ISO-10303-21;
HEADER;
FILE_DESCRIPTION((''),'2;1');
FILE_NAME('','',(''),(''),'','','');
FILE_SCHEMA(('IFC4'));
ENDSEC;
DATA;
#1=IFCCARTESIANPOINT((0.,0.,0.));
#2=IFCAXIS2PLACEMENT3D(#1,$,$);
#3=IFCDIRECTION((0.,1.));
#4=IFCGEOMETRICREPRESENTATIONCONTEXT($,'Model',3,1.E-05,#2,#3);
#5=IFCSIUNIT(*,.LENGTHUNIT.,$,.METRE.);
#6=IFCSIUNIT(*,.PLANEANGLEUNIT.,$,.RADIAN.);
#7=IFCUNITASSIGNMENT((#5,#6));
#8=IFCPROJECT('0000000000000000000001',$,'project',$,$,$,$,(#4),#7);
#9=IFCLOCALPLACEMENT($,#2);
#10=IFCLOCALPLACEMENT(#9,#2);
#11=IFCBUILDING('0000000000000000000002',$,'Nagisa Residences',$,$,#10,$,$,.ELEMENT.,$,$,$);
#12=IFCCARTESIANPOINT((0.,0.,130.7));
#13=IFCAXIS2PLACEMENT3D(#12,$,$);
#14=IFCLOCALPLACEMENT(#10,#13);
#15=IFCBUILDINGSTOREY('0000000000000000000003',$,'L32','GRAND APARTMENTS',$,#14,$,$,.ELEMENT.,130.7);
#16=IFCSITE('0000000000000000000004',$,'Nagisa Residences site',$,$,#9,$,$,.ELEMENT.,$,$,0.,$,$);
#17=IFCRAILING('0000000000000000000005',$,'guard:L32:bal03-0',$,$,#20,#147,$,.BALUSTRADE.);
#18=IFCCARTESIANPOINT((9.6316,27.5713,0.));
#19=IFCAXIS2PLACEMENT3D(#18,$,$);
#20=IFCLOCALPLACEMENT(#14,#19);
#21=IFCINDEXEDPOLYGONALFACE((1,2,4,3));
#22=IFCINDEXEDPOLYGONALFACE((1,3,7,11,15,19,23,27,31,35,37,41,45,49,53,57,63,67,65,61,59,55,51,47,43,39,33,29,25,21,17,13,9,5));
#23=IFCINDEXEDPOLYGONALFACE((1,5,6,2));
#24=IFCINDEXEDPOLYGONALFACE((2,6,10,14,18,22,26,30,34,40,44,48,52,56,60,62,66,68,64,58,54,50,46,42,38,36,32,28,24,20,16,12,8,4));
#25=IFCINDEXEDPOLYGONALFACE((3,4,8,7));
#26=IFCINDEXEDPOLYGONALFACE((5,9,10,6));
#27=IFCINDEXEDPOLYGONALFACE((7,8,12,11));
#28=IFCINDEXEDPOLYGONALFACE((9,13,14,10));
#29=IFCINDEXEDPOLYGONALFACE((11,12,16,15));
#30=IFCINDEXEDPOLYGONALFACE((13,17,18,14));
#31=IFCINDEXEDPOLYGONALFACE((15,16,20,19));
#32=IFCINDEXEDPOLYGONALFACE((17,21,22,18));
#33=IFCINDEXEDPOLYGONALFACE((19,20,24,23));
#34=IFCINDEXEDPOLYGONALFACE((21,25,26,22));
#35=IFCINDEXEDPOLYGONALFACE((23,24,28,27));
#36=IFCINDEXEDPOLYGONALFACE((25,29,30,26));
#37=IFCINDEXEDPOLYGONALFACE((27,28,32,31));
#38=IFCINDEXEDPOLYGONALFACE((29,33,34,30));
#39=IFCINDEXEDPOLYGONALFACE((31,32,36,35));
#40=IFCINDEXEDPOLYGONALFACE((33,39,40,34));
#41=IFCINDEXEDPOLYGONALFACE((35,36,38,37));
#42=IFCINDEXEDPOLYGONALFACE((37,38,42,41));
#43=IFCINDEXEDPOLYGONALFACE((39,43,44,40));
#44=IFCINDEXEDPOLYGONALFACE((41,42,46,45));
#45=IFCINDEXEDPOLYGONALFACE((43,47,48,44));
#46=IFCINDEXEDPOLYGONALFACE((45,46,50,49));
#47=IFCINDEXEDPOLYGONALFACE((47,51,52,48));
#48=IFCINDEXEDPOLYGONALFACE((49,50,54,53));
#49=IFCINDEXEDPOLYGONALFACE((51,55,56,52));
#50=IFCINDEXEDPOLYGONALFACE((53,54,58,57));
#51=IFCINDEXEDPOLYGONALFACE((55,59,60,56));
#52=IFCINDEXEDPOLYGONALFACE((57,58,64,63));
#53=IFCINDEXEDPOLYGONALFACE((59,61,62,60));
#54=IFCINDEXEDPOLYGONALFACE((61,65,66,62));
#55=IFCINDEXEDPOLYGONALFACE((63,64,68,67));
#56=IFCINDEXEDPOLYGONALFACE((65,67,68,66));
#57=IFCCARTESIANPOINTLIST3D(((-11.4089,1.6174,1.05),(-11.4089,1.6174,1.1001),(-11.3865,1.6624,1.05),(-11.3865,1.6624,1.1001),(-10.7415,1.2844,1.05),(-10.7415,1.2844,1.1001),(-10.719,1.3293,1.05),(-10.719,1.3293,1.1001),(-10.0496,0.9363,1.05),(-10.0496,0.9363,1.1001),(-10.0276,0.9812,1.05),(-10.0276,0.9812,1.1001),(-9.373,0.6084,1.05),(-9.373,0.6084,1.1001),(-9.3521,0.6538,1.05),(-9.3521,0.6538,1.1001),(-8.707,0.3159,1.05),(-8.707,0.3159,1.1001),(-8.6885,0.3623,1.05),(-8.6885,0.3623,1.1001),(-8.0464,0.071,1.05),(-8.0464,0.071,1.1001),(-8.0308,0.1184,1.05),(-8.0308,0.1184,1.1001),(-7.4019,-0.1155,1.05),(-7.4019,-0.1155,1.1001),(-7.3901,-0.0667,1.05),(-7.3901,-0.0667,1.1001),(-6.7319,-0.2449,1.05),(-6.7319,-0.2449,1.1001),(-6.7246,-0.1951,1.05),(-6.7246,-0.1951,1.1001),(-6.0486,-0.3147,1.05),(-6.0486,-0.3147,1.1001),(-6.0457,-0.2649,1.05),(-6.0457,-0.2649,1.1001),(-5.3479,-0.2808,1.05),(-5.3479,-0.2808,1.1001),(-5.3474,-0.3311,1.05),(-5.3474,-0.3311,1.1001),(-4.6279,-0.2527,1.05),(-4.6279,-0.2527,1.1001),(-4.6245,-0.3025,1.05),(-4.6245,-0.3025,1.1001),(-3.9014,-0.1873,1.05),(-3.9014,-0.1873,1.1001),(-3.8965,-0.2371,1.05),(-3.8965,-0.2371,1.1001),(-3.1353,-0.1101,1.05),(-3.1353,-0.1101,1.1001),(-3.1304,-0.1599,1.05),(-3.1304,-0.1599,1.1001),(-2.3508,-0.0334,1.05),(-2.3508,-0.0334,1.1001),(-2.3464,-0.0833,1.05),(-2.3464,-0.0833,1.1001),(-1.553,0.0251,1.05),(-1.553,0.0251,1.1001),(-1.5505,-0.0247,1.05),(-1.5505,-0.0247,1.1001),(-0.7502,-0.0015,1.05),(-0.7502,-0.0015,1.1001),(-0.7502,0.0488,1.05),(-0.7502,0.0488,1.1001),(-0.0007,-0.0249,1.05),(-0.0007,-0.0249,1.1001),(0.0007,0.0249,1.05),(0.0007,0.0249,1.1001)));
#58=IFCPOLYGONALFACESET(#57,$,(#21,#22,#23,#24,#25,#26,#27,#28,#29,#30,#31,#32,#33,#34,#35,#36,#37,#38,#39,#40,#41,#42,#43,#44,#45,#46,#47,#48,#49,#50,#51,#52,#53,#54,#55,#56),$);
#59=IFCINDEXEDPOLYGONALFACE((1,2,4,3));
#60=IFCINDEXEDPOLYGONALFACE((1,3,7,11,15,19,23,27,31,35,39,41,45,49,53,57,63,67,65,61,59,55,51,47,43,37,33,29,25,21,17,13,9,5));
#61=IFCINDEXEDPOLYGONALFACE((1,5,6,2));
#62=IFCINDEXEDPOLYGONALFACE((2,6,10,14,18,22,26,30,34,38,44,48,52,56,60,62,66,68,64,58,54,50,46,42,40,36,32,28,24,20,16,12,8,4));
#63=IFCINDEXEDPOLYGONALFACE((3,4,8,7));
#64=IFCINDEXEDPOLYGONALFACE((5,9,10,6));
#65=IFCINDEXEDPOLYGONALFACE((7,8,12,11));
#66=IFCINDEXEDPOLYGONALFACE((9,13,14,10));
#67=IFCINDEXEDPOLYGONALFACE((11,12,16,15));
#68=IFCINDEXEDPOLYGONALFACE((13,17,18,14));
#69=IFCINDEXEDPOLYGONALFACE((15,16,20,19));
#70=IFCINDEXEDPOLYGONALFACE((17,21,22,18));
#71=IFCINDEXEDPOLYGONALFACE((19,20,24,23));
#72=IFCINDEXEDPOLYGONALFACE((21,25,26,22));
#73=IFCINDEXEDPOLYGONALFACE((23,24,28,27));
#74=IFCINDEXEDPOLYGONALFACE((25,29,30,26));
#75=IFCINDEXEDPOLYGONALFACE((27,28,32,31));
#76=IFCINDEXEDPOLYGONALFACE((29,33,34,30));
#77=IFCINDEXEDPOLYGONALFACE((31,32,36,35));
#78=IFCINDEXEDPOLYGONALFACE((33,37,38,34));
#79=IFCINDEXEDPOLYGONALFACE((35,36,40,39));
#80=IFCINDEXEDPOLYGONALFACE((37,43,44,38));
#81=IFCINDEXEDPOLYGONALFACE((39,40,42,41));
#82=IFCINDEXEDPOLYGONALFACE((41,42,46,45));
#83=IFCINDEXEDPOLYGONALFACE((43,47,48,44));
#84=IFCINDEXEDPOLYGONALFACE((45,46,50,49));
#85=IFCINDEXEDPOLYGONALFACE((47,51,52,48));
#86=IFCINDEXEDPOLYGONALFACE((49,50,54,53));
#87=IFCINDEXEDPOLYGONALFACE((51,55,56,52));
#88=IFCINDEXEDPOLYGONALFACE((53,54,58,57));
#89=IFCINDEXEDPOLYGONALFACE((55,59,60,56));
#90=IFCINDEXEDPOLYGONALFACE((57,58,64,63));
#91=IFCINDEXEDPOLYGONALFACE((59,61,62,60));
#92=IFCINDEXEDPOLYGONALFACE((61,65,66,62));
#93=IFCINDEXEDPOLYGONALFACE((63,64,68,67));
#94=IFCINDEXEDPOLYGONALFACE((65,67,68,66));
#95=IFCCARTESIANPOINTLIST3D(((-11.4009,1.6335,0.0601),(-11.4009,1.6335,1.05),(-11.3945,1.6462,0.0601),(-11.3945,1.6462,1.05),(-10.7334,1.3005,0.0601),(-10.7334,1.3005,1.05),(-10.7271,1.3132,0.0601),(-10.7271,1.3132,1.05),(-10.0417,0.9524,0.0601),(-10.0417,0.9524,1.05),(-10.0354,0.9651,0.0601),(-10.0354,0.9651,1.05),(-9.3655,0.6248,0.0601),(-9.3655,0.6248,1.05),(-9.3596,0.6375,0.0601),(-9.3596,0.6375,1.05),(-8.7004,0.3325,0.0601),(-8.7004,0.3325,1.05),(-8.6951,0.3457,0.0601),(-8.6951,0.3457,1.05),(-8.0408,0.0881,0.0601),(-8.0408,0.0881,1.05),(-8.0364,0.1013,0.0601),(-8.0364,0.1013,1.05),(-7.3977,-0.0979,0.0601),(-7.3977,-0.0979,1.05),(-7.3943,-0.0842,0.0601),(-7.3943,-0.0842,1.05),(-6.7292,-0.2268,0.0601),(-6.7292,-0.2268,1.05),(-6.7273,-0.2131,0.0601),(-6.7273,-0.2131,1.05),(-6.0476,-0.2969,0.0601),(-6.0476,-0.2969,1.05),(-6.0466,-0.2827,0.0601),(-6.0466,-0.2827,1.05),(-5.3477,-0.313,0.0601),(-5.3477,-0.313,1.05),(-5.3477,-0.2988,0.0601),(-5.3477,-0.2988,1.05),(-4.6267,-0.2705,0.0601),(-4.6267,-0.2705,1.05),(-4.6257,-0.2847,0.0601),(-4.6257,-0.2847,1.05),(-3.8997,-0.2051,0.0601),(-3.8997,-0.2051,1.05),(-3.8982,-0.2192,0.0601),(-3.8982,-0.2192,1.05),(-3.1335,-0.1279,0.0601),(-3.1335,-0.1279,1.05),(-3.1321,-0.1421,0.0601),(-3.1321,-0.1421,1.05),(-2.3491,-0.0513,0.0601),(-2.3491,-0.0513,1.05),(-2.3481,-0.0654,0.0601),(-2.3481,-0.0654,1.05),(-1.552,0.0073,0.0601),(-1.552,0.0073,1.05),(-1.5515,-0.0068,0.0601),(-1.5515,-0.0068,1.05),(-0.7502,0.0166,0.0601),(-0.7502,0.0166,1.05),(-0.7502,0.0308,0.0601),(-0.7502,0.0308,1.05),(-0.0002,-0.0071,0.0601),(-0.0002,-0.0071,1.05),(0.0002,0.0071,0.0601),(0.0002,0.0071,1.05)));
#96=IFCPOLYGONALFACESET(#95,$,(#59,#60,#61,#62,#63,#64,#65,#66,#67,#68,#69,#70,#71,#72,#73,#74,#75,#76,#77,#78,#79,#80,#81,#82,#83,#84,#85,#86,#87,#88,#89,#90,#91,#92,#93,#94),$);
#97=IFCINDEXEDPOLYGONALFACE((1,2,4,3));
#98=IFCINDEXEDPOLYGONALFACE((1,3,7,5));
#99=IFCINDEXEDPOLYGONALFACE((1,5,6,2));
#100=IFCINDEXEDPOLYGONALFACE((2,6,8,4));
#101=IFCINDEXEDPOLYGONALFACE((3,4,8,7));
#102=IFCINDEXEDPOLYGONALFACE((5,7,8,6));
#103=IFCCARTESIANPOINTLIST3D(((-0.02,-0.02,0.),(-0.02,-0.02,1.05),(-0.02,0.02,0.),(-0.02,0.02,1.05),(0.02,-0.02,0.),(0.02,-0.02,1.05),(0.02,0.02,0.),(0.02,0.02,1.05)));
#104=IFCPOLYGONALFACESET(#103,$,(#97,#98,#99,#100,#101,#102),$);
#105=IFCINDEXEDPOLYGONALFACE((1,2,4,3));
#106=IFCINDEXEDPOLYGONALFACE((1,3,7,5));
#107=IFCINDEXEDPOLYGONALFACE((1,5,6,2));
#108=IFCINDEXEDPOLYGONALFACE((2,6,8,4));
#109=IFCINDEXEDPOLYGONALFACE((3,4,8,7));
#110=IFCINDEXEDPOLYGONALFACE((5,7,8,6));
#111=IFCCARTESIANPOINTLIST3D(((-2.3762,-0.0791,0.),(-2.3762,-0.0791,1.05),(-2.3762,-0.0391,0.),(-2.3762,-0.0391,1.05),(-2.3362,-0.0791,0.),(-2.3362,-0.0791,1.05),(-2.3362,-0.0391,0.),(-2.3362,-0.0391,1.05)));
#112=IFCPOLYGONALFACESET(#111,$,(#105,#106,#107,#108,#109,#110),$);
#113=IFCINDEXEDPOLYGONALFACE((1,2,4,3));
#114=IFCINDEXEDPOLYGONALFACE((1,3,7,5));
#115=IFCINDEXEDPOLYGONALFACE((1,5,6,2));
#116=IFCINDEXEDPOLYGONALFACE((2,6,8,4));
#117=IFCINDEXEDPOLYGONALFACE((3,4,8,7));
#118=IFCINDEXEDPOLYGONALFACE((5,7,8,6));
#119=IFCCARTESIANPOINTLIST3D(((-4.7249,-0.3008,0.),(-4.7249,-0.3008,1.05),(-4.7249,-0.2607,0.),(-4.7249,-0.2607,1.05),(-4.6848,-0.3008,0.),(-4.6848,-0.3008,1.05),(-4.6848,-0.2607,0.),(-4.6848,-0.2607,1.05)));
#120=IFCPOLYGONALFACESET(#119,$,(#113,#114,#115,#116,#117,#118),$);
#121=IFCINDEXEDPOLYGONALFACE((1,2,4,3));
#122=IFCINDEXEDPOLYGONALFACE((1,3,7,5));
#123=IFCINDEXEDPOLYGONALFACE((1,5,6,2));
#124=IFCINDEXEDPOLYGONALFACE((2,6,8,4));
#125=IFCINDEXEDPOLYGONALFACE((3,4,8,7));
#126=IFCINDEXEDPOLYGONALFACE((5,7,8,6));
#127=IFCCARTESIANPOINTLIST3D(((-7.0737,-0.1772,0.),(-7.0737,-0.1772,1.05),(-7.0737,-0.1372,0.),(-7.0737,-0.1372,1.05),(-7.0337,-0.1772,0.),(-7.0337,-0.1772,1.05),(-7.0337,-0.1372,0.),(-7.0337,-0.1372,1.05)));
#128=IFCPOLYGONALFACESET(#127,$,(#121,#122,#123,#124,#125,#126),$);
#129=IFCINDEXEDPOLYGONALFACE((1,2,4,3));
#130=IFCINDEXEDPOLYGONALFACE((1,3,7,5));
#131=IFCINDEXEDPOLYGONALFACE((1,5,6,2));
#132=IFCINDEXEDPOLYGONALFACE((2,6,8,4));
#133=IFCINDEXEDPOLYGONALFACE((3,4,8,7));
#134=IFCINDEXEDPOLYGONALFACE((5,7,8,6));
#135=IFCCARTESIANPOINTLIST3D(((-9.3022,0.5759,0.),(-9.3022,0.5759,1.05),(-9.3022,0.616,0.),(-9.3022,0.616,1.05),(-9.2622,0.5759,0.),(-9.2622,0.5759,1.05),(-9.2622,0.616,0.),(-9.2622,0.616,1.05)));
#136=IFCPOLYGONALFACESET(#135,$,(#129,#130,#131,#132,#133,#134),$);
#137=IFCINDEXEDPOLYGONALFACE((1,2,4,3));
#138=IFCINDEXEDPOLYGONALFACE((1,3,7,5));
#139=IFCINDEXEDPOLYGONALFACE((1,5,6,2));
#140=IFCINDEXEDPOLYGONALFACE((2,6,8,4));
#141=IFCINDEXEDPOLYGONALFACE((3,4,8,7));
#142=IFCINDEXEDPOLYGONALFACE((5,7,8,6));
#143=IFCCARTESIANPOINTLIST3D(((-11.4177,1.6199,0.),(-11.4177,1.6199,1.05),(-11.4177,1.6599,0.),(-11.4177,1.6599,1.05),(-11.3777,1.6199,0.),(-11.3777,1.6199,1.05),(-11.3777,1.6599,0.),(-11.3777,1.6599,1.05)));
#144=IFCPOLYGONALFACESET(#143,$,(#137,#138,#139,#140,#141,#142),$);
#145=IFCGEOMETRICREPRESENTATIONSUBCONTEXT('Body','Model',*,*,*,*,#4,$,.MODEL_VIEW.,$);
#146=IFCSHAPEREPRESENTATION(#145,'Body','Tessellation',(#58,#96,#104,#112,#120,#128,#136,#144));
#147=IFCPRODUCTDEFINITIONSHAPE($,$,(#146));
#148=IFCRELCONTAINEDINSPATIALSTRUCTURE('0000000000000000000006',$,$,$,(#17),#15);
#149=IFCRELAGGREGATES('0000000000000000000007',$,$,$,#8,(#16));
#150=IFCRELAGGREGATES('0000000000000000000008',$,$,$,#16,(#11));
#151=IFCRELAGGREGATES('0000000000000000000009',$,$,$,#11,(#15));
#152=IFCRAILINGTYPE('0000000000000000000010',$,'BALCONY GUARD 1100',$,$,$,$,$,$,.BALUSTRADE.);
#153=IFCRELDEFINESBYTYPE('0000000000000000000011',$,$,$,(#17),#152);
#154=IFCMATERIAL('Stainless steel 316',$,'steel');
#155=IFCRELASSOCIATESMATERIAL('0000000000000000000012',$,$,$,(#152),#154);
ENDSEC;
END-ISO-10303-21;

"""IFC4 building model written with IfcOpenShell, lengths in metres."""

from ifc_helpers import new_model, si_unit, direction, frame, origin, origin_2d, place, context, subcontext, project, spatial, polyline, rectangle, outline, extrude, material, type_object, element, save


model = new_model("IFC4")

# Units and contexts
model_context = context("Model", 3, precision=1e-05, world=origin(), true_north=direction((0.0, 1.0)))
body_context = subcontext(model_context, "Body", "Model", "MODEL_VIEW")
ifc_project = project(units=[si_unit("LENGTHUNIT", "METRE"), si_unit("PLANEANGLEUNIT", "RADIAN")], contexts=[model_context])

# Site, building, storey
site_placement = place(None, origin())
site = spatial("IfcSite", under=ifc_project, at=site_placement, Name="Nagisa Residences site", CompositionType="ELEMENT", RefElevation=0.0)
building_placement = place(site_placement, origin())
building = spatial("IfcBuilding", under=site, at=building_placement, Name="Nagisa Residences", CompositionType="ELEMENT")
storey_placement = place(building_placement, frame((0.0, 0.0, 130.7)))
storey = spatial("IfcBuildingStorey", under=building, at=storey_placement, Name="L32", Description="GRAND APARTMENTS", CompositionType="ELEMENT", Elevation=130.7)

# Railing
ifc_material_1 = material(Name="Stainless steel 316", Category="steel")
railing_type = type_object("IfcRailingType", Name="BALCONY GUARD 1100", PredefinedType="BALUSTRADE", material=ifc_material_1)
railing_placement = place(storey_placement, frame((9.6316, 27.5713, 0.0)))
element("IfcRailing", 1, at=railing_placement, inside=storey, type_object=railing_type, Name="guard:L32:bal03-0", PredefinedType="BALUSTRADE", context=body_context, shape_type="SweptSolid", body=[
    extrude(outline(polyline([(-0.7502, -0.0015), (-0.0007, -0.0249), (0.0007, 0.0249), (-0.7502, 0.0488), (-1.553, 0.0251), (-2.3508, -0.0334), (-3.1353, -0.1101), (-3.9014, -0.1873), (-4.6279, -0.2527), (-5.3479, -0.2808), (-6.0457, -0.2649), (-6.7246, -0.1951), (-7.3901, -0.0667), (-8.0308, 0.1184), (-8.6885, 0.3623), (-9.3521, 0.6538), (-10.0276, 0.9812), (-10.719, 1.3293), (-11.3865, 1.6624), (-11.4089, 1.6174), (-10.7415, 1.2844), (-10.0496, 0.9363), (-9.373, 0.6084), (-8.707, 0.3159), (-8.0464, 0.071), (-7.4019, -0.1155), (-6.7319, -0.2449), (-6.0486, -0.3147), (-5.3474, -0.3311), (-4.6245, -0.3025), (-3.8965, -0.2371), (-3.1304, -0.1599), (-2.3464, -0.0833), (-1.5505, -0.0247), (-0.7502, -0.0015)])), frame((0.0, 0.0, 1.05)), (0.0, 0.0, 1.0), 0.05),
    extrude(outline(polyline([(-0.7502, 0.0166), (-0.0002, -0.0071), (0.0002, 0.0071), (-0.7502, 0.0308), (-1.552, 0.0073), (-2.3491, -0.0513), (-3.1335, -0.1279), (-3.8997, -0.2051), (-4.6267, -0.2705), (-5.3477, -0.2988), (-6.0466, -0.2827), (-6.7273, -0.2131), (-7.3943, -0.0842), (-8.0364, 0.1013), (-8.6951, 0.3457), (-9.3596, 0.6375), (-10.0354, 0.9651), (-10.7271, 1.3132), (-11.3945, 1.6462), (-11.4009, 1.6335), (-10.7334, 1.3005), (-10.0417, 0.9524), (-9.3655, 0.6248), (-8.7004, 0.3325), (-8.0408, 0.0881), (-7.3977, -0.0979), (-6.7292, -0.2268), (-6.0476, -0.2969), (-5.3477, -0.313), (-4.6257, -0.2847), (-3.8982, -0.2192), (-3.1321, -0.1421), (-2.3481, -0.0654), (-1.5515, -0.0068), (-0.7502, 0.0166)])), frame((0.0, 0.0, 0.0601)), (0.0, 0.0, 1.0), 0.99),
    extrude(rectangle(XDim=0.04, YDim=0.04, at=origin_2d()), origin(), (0.0, 0.0, 1.0), 1.05),
    extrude(rectangle(XDim=0.04, YDim=0.04, at=origin_2d()), frame((-2.3562, -0.0591, 0.0)), (0.0, 0.0, 1.0), 1.05),
    extrude(rectangle(XDim=0.04, YDim=0.04, at=origin_2d()), frame((-4.7048, -0.2808, 0.0)), (0.0, 0.0, 1.0), 1.05),
    extrude(rectangle(XDim=0.04, YDim=0.04, at=origin_2d()), frame((-7.0537, -0.1572, 0.0)), (0.0, 0.0, 1.0), 1.05),
    extrude(rectangle(XDim=0.04, YDim=0.04, at=origin_2d()), frame((-9.2822, 0.5959, 0.0)), (0.0, 0.0, 1.0), 1.05),
    extrude(rectangle(XDim=0.04, YDim=0.04, at=origin_2d()), frame((-11.3977, 1.6399, 0.0)), (0.0, 0.0, 1.0), 1.05),
])

save(model, "model.ifc")
